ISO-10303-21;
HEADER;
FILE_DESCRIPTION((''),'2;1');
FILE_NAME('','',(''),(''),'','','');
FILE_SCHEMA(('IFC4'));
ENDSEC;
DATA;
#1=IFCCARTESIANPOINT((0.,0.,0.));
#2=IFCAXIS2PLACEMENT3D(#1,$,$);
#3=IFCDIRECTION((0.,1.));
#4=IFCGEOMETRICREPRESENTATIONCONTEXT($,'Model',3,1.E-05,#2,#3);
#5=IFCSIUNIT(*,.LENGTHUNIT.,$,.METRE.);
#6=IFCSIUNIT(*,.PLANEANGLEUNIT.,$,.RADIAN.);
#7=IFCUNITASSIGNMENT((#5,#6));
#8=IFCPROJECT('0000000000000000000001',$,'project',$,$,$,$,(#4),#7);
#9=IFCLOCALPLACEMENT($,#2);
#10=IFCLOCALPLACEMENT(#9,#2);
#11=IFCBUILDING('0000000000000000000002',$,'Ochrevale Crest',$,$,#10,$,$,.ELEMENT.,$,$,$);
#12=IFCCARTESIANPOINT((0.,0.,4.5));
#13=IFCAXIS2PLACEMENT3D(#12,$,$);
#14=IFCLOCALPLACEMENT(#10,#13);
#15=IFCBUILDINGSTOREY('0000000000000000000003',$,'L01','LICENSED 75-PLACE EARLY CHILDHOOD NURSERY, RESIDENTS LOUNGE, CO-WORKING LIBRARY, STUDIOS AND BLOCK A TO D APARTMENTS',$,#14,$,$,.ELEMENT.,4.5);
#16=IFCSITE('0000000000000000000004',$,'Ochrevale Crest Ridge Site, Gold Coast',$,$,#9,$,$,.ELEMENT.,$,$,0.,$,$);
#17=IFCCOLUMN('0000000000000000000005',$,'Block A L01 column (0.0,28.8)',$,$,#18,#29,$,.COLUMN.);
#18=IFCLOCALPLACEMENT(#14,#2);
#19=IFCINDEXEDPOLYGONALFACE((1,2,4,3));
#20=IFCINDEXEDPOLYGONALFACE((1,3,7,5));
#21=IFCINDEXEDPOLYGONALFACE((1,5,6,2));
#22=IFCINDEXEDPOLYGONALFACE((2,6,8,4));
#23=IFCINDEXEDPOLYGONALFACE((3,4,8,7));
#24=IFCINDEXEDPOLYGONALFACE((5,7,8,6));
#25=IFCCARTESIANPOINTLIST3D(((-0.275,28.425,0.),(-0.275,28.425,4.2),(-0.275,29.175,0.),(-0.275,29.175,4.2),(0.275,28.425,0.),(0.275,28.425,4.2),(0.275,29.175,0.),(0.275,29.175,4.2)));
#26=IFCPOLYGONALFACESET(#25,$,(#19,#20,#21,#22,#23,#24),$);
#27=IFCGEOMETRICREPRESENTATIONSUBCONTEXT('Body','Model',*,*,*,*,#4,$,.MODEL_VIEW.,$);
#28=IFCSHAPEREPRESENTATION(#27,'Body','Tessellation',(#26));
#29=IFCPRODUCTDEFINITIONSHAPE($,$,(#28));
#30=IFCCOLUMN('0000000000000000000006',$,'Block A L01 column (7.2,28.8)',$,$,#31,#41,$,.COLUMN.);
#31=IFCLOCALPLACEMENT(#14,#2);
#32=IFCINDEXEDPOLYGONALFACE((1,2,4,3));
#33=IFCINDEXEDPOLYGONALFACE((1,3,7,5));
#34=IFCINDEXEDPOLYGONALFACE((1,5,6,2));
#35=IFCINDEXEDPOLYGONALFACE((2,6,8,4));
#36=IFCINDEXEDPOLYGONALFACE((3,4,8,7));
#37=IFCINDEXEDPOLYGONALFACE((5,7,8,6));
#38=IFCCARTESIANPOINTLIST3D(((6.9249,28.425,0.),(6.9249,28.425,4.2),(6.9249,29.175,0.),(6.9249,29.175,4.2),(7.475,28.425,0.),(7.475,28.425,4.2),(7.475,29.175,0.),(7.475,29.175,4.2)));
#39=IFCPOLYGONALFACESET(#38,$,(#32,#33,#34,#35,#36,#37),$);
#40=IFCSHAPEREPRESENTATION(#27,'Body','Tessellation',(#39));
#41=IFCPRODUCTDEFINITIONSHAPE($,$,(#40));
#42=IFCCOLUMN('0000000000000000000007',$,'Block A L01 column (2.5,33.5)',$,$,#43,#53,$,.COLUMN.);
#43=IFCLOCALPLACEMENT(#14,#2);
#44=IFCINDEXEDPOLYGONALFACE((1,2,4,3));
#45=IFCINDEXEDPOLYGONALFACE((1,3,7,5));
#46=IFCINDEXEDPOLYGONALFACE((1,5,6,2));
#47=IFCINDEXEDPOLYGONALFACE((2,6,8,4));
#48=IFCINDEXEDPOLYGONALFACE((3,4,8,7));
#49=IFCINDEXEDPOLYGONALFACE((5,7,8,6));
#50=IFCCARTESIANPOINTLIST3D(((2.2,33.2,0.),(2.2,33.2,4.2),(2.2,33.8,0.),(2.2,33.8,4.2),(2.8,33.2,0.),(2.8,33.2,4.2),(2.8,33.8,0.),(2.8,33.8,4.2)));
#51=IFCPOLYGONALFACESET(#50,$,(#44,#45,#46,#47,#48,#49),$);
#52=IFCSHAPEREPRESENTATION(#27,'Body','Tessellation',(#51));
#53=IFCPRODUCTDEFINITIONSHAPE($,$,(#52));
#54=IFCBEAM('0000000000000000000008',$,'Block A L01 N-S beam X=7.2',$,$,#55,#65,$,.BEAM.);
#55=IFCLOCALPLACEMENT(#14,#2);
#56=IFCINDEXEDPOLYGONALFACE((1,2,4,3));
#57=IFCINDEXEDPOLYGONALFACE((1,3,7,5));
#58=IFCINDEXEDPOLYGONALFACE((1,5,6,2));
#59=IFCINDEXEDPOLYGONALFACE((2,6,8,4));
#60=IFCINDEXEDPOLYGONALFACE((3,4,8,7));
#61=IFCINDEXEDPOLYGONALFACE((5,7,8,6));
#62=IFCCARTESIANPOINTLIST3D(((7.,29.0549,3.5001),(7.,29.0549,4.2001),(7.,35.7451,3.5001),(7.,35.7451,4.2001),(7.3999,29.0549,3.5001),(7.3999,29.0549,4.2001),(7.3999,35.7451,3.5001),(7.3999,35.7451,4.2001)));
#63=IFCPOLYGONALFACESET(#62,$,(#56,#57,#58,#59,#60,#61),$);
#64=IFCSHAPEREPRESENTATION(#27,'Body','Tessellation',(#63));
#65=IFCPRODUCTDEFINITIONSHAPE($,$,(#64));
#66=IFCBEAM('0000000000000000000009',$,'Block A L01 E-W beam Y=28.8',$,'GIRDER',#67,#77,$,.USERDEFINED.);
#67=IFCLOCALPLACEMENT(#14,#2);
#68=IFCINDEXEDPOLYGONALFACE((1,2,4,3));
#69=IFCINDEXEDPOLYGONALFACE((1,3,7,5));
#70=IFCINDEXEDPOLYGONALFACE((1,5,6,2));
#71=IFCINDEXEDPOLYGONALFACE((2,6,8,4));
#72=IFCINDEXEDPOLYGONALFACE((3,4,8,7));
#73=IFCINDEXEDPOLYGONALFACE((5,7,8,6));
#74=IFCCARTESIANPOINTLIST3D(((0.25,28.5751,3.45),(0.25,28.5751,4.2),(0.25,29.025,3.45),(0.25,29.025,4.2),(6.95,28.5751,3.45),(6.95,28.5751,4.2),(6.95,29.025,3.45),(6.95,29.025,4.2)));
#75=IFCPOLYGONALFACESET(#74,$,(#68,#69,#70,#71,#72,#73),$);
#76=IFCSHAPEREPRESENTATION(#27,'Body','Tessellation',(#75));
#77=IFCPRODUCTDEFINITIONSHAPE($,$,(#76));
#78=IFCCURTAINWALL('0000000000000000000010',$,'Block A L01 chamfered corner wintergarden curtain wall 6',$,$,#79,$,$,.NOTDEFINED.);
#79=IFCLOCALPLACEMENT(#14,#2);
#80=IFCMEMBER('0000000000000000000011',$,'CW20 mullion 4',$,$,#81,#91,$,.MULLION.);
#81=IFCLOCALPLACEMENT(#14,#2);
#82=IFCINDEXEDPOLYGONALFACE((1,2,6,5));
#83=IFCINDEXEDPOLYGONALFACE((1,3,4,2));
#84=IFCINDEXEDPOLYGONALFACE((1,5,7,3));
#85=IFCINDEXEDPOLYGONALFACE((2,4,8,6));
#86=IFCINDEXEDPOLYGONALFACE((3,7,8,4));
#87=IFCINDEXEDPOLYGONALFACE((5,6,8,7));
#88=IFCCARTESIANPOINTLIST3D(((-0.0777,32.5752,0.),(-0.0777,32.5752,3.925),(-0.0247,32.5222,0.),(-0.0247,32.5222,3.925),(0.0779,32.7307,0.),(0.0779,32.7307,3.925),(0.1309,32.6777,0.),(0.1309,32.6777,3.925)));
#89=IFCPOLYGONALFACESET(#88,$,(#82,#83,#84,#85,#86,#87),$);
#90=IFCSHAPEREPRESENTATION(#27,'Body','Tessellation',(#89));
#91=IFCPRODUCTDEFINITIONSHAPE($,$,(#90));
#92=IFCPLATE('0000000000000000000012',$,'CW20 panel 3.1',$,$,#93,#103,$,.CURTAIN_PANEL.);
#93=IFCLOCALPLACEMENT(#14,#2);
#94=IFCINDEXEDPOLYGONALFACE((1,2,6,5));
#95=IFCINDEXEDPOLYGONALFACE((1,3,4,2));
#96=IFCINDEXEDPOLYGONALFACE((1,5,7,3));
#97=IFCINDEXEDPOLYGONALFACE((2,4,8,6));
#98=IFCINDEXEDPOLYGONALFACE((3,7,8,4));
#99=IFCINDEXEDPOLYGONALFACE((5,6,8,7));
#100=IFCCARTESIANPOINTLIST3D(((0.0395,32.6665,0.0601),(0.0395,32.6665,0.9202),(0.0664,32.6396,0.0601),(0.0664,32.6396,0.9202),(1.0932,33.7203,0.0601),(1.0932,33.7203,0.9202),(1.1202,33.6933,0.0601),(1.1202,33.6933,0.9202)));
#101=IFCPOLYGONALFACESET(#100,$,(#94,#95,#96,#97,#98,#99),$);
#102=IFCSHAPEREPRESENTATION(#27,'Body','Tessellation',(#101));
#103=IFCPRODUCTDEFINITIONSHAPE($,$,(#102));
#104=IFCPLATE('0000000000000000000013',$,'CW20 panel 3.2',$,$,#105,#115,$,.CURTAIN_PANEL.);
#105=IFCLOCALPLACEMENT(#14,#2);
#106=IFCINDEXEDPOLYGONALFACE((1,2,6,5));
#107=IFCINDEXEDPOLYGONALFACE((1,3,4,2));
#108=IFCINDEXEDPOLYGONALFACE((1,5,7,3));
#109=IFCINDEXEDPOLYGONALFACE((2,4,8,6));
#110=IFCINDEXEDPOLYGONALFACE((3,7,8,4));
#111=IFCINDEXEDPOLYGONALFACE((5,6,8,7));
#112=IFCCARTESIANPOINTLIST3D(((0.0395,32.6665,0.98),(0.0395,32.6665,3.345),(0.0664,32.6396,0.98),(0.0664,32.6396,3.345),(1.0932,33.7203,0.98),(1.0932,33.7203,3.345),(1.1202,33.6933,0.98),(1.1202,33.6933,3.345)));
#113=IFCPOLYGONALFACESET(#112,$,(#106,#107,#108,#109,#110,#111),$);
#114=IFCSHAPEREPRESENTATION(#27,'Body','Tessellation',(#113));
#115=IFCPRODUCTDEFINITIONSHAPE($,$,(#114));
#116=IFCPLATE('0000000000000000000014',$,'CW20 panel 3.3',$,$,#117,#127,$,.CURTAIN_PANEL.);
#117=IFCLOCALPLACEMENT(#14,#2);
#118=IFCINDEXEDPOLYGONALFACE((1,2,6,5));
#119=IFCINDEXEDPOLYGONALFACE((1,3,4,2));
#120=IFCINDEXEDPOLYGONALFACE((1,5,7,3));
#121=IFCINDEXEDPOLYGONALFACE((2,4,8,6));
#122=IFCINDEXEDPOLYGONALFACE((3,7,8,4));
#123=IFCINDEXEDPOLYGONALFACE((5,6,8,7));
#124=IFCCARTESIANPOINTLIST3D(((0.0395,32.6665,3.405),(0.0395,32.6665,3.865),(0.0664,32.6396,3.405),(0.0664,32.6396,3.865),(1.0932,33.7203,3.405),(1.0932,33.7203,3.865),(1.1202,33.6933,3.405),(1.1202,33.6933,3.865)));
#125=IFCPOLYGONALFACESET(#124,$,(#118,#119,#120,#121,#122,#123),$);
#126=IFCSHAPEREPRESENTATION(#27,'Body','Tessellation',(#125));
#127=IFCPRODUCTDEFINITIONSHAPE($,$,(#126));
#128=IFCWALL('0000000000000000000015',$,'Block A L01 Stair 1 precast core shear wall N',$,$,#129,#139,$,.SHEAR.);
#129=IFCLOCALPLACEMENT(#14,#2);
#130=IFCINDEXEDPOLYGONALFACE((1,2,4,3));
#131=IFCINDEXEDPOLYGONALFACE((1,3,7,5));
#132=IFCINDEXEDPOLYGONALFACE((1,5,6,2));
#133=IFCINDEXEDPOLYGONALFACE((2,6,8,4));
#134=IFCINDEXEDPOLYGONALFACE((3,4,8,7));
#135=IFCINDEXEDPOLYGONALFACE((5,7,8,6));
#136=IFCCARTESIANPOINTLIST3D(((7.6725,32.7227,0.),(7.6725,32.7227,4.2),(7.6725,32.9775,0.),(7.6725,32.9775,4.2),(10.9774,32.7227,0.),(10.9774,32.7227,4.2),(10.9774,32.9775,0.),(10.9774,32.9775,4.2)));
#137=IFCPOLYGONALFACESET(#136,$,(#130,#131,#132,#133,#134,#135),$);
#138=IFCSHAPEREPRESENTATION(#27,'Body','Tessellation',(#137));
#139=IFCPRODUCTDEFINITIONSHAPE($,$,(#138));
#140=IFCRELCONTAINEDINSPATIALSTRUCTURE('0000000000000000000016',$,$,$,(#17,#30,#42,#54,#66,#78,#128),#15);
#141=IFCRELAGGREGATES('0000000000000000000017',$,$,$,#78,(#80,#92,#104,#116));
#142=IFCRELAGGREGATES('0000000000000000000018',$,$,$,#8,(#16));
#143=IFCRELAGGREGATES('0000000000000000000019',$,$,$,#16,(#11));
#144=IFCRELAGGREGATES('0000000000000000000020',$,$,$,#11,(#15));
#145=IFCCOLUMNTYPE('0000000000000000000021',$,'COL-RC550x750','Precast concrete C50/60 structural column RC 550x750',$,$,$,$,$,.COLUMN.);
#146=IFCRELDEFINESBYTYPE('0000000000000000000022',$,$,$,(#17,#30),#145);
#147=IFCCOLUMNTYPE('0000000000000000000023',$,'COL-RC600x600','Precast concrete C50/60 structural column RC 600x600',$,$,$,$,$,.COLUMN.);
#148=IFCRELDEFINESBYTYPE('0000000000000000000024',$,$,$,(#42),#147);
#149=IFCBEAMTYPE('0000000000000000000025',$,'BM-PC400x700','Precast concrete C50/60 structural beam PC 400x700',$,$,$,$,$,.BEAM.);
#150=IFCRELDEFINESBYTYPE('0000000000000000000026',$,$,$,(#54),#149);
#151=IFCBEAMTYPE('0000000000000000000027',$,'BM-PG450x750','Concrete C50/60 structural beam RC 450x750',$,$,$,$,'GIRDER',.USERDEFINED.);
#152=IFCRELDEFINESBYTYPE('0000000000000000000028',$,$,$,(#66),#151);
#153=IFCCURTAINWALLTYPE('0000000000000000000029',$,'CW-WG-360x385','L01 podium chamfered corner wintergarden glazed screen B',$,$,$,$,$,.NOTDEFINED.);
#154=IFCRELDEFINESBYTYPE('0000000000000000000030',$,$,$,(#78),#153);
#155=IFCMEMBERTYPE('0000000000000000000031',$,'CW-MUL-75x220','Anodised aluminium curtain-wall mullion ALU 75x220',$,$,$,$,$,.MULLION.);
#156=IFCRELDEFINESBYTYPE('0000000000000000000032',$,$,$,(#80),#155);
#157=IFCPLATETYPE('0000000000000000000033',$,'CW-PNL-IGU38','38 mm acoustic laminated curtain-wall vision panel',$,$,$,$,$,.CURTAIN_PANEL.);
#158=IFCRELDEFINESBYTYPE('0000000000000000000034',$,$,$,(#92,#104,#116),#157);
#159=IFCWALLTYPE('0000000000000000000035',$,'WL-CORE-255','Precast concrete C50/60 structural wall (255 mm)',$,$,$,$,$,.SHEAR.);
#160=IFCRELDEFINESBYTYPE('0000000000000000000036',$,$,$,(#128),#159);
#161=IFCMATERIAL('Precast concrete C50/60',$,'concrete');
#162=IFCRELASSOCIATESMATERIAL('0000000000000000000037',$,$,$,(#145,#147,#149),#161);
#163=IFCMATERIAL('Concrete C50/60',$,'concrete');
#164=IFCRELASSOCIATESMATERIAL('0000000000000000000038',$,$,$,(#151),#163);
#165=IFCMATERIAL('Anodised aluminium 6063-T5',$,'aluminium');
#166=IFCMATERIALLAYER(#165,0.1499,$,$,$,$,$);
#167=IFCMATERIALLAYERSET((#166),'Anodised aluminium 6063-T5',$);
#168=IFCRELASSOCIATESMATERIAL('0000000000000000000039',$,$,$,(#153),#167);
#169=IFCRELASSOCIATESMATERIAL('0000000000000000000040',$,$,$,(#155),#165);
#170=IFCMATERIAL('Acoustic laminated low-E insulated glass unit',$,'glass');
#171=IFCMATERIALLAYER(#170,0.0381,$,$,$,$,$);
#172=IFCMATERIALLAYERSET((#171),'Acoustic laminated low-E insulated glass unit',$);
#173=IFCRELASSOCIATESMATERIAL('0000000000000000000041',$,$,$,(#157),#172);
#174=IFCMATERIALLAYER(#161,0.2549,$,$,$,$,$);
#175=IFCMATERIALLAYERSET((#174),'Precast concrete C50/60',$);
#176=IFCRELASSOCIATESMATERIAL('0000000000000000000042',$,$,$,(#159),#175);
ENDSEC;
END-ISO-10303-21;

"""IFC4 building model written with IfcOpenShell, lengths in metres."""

from ifc_helpers import new_model, si_unit, direction, frame, frame_2d, origin, origin_2d, place, context, subcontext, project, spatial, rectangle, extrude, material, layer, layer_set, material_profile, profile_set, type_object, element, aggregate, save


model = new_model("IFC4")

# Units and contexts
model_context = context("Model", 3, precision=1e-05, world=origin(), true_north=direction((0.0, 1.0)))
body_context = subcontext(model_context, "Body", "Model", "MODEL_VIEW")
ifc_project = project(units=[si_unit("LENGTHUNIT", "METRE"), si_unit("PLANEANGLEUNIT", "RADIAN")], contexts=[model_context])

# Site, building, storey
site_placement = place(None, origin())
site = spatial("IfcSite", under=ifc_project, at=site_placement, Name="Ochrevale Crest Ridge Site, Gold Coast", CompositionType="ELEMENT", RefElevation=0.0)
building_placement = place(site_placement, origin())
building = spatial("IfcBuilding", under=site, at=building_placement, Name="Ochrevale Crest", CompositionType="ELEMENT")
storey_placement = place(building_placement, frame((0.0, 0.0, 4.5)))
storey = spatial("IfcBuildingStorey", under=building, at=storey_placement, Name="L01", Description="LICENSED 75-PLACE EARLY CHILDHOOD NURSERY, RESIDENTS LOUNGE, CO-WORKING LIBRARY, STUDIOS AND BLOCK A TO D APARTMENTS", CompositionType="ELEMENT", Elevation=4.5)

# Columns
ifc_material_1 = material(Name="Precast concrete C50/60", Category="concrete")
ifc_material_profile_1 = material_profile(ifc_material_1, rectangle(XDim=0.55, YDim=0.75, at=origin_2d()), Name="RC 550x750")
ifc_profile_set_1 = profile_set([ifc_material_profile_1], Name="Precast concrete C50/60")
column_type_1 = type_object("IfcColumnType", Name="COL-RC550x750", Description="Precast concrete C50/60 structural column RC 550x750", PredefinedType="COLUMN", material=ifc_profile_set_1)
for number, where, z_axis, x_axis, name in (
    (1, (0.0, 28.8, 0.0), (0.0, 0.0, 1.0), (1.0, 0.0, 0.0), "Block A L01 column (0.0,28.8)"),
    (2, (7.2, 28.8, 0.0), (0.0, 0.0, 1.0), (1.0, 0.0, 0.0), "Block A L01 column (7.2,28.8)"),
):
    element("IfcColumn", number, at=place(storey_placement, frame(where, z_axis=z_axis, x_axis=x_axis)), inside=storey, type_object=column_type_1, Name=name, PredefinedType="COLUMN", context=body_context, shape_type="SweptSolid", body=[
        extrude(rectangle(XDim=0.55, YDim=0.75, at=origin_2d()), origin(), (0.0, 0.0, 1.0), 4.2),
    ])
ifc_material_profile_2 = material_profile(ifc_material_1, rectangle(XDim=0.6001, YDim=0.6001, at=origin_2d()), Name="RC 600x600")
ifc_profile_set_2 = profile_set([ifc_material_profile_2], Name="Precast concrete C50/60")
column_type_2 = type_object("IfcColumnType", Name="COL-RC600x600", Description="Precast concrete C50/60 structural column RC 600x600", PredefinedType="COLUMN", material=ifc_profile_set_2)
column_placement = place(storey_placement, frame((2.5, 33.5, 0.0), z_axis=(0.0, 0.0, 1.0), x_axis=(1.0, 0.0, 0.0)))
element("IfcColumn", 3, at=column_placement, inside=storey, type_object=column_type_2, Name="Block A L01 column (2.5,33.5)", PredefinedType="COLUMN", context=body_context, shape_type="SweptSolid", body=[
    extrude(rectangle(XDim=0.6001, YDim=0.6001, at=origin_2d()), origin(), (0.0, 0.0, 1.0), 4.2),
])

# Beams
ifc_material_profile_3 = material_profile(ifc_material_1, rectangle(XDim=0.3999, YDim=0.7, at=origin_2d()), Name="PC 400x700")
ifc_profile_set_3 = profile_set([ifc_material_profile_3], Name="Precast concrete C50/60")
beam_type_1 = type_object("IfcBeamType", Name="BM-PC400x700", Description="Precast concrete C50/60 structural beam PC 400x700", PredefinedType="BEAM", material=ifc_profile_set_3)
beam_1_placement = place(storey_placement, frame((7.2, 29.0549, 3.8501), z_axis=(0.0, 1.0, 0.0), x_axis=(-1.0, 0.0, 0.0)))
element("IfcBeam", 4, at=beam_1_placement, inside=storey, type_object=beam_type_1, Name="Block A L01 N-S beam X=7.2", PredefinedType="BEAM", context=body_context, shape_type="SweptSolid", body=[
    extrude(rectangle(XDim=0.3999, YDim=0.7, at=origin_2d()), origin(), (0.0, 0.0, 1.0), 6.6902),
])
ifc_material_2 = material(Name="Concrete C50/60", Category="concrete")
ifc_material_profile_4 = material_profile(ifc_material_2, rectangle(XDim=0.45, YDim=0.75, at=origin_2d()), Name="RC 450x750")
ifc_profile_set_4 = profile_set([ifc_material_profile_4], Name="Concrete C50/60")
beam_type_2 = type_object("IfcBeamType", Name="BM-PG450x750", Description="Concrete C50/60 structural beam RC 450x750", ElementType="GIRDER", PredefinedType="USERDEFINED", material=ifc_profile_set_4)
beam_2_placement = place(storey_placement, frame((0.25, 28.8, 3.825), z_axis=(1.0, 0.0, 0.0), x_axis=(0.0, 1.0, 0.0)))
element("IfcBeam", 5, at=beam_2_placement, inside=storey, type_object=beam_type_2, Name="Block A L01 E-W beam Y=28.8", ObjectType="GIRDER", PredefinedType="USERDEFINED", context=body_context, shape_type="SweptSolid", body=[
    extrude(rectangle(XDim=0.45, YDim=0.75, at=origin_2d()), origin(), (0.0, 0.0, 1.0), 6.7),
])

# Curtain wall, member, plates
ifc_material_3 = material(Name="Anodised aluminium 6063-T5", Category="aluminium")
ifc_layer_1 = layer(ifc_material_3, 0.1499)
ifc_layer_set_1 = layer_set([ifc_layer_1], Name="Anodised aluminium 6063-T5")
curtain_wall_type = type_object("IfcCurtainWallType", Name="CW-WG-360x385", Description="L01 podium chamfered corner wintergarden glazed screen B", PredefinedType="NOTDEFINED", material=ifc_layer_set_1)
curtain_wall_placement = place(storey_placement, origin())
curtain_wall = element("IfcCurtainWall", 6, at=curtain_wall_placement, inside=storey, type_object=curtain_wall_type, Name="Block A L01 chamfered corner wintergarden curtain wall 6", PredefinedType="NOTDEFINED")
ifc_material_profile_5 = material_profile(ifc_material_3, rectangle(XDim=0.075, YDim=0.22, at=origin_2d()), Name="ALU 75x220")
ifc_profile_set_5 = profile_set([ifc_material_profile_5], Name="Anodised aluminium 6063-T5")
member_type = type_object("IfcMemberType", Name="CW-MUL-75x220", Description="Anodised aluminium curtain-wall mullion ALU 75x220", PredefinedType="MULLION", material=ifc_profile_set_5)
member_placement = place(storey_placement, frame((0.0266, 32.6265, 0.0), z_axis=(0.0, 0.0, 1.0), x_axis=(0.707107, -0.707107, 0.0)))
member = element("IfcMember", 7, at=member_placement, type_object=member_type, Name="CW20 mullion 4", PredefinedType="MULLION", context=body_context, shape_type="SweptSolid", body=[
    extrude(rectangle(XDim=0.075, YDim=0.22, at=origin_2d()), origin(), (0.0, 0.0, 1.0), 3.925),
])
ifc_material_4 = material(Name="Acoustic laminated low-E insulated glass unit", Category="glass")
ifc_layer_2 = layer(ifc_material_4, 0.0381)
ifc_layer_set_2 = layer_set([ifc_layer_2], Name="Acoustic laminated low-E insulated glass unit")
plate_type = type_object("IfcPlateType", Name="CW-PNL-IGU38", Description="38 mm acoustic laminated curtain-wall vision panel", PredefinedType="CURTAIN_PANEL", material=ifc_layer_set_2)
plate_1_placement = place(storey_placement, frame((0.5798, 33.1799, 0.0601), z_axis=(0.0, 0.0, 1.0), x_axis=(-0.707107, -0.707107, 0.0)))
plate_1 = element("IfcPlate", 8, at=plate_1_placement, type_object=plate_type, Name="CW20 panel 3.1", PredefinedType="CURTAIN_PANEL", context=body_context, shape_type="SweptSolid", body=[
    extrude(rectangle(XDim=1.4902, YDim=0.0381, at=origin_2d()), origin(), (0.0, 0.0, 1.0), 0.8601),
])
plate_2_placement = place(storey_placement, frame((0.5798, 33.1799, 0.98), z_axis=(0.0, 0.0, 1.0), x_axis=(-0.707107, -0.707107, 0.0)))
plate_2 = element("IfcPlate", 9, at=plate_2_placement, type_object=plate_type, Name="CW20 panel 3.2", PredefinedType="CURTAIN_PANEL", context=body_context, shape_type="SweptSolid", body=[
    extrude(rectangle(XDim=1.4902, YDim=0.0381, at=origin_2d()), origin(), (0.0, 0.0, 1.0), 2.365),
])
plate_3_placement = place(storey_placement, frame((0.5798, 33.1799, 3.405), z_axis=(0.0, 0.0, 1.0), x_axis=(-0.707107, -0.707107, 0.0)))
plate_3 = element("IfcPlate", 10, at=plate_3_placement, type_object=plate_type, Name="CW20 panel 3.3", PredefinedType="CURTAIN_PANEL", context=body_context, shape_type="SweptSolid", body=[
    extrude(rectangle(XDim=1.4902, YDim=0.0381, at=origin_2d()), origin(), (0.0, 0.0, 1.0), 0.46),
])
aggregate(curtain_wall, [member, plate_1, plate_2, plate_3])

# Wall
ifc_layer_3 = layer(ifc_material_1, 0.2549)
ifc_layer_set_3 = layer_set([ifc_layer_3], Name="Precast concrete C50/60")
wall_type_1 = type_object("IfcWallType", Name="WL-CORE-255", Description="Precast concrete C50/60 structural wall (255 mm)", PredefinedType="SHEAR", material=ifc_layer_set_3)
wall_1_placement = place(storey_placement, frame((7.6726, 32.8501, 0.0), z_axis=(0.0, 0.0, 1.0), x_axis=(1.0, 0.0, 0.0)))
element("IfcWall", 11, at=wall_1_placement, inside=storey, type_object=wall_type_1, Name="Block A L01 Stair 1 precast core shear wall N", PredefinedType="SHEAR", context=body_context, shape_type="SweptSolid", body=[
    extrude(rectangle(XDim=3.3049, YDim=0.2549, at=frame_2d((1.6523, 0.0))), origin(), (0.0, 0.0, 1.0), 4.2),
])

save(model, "model.ifc")
